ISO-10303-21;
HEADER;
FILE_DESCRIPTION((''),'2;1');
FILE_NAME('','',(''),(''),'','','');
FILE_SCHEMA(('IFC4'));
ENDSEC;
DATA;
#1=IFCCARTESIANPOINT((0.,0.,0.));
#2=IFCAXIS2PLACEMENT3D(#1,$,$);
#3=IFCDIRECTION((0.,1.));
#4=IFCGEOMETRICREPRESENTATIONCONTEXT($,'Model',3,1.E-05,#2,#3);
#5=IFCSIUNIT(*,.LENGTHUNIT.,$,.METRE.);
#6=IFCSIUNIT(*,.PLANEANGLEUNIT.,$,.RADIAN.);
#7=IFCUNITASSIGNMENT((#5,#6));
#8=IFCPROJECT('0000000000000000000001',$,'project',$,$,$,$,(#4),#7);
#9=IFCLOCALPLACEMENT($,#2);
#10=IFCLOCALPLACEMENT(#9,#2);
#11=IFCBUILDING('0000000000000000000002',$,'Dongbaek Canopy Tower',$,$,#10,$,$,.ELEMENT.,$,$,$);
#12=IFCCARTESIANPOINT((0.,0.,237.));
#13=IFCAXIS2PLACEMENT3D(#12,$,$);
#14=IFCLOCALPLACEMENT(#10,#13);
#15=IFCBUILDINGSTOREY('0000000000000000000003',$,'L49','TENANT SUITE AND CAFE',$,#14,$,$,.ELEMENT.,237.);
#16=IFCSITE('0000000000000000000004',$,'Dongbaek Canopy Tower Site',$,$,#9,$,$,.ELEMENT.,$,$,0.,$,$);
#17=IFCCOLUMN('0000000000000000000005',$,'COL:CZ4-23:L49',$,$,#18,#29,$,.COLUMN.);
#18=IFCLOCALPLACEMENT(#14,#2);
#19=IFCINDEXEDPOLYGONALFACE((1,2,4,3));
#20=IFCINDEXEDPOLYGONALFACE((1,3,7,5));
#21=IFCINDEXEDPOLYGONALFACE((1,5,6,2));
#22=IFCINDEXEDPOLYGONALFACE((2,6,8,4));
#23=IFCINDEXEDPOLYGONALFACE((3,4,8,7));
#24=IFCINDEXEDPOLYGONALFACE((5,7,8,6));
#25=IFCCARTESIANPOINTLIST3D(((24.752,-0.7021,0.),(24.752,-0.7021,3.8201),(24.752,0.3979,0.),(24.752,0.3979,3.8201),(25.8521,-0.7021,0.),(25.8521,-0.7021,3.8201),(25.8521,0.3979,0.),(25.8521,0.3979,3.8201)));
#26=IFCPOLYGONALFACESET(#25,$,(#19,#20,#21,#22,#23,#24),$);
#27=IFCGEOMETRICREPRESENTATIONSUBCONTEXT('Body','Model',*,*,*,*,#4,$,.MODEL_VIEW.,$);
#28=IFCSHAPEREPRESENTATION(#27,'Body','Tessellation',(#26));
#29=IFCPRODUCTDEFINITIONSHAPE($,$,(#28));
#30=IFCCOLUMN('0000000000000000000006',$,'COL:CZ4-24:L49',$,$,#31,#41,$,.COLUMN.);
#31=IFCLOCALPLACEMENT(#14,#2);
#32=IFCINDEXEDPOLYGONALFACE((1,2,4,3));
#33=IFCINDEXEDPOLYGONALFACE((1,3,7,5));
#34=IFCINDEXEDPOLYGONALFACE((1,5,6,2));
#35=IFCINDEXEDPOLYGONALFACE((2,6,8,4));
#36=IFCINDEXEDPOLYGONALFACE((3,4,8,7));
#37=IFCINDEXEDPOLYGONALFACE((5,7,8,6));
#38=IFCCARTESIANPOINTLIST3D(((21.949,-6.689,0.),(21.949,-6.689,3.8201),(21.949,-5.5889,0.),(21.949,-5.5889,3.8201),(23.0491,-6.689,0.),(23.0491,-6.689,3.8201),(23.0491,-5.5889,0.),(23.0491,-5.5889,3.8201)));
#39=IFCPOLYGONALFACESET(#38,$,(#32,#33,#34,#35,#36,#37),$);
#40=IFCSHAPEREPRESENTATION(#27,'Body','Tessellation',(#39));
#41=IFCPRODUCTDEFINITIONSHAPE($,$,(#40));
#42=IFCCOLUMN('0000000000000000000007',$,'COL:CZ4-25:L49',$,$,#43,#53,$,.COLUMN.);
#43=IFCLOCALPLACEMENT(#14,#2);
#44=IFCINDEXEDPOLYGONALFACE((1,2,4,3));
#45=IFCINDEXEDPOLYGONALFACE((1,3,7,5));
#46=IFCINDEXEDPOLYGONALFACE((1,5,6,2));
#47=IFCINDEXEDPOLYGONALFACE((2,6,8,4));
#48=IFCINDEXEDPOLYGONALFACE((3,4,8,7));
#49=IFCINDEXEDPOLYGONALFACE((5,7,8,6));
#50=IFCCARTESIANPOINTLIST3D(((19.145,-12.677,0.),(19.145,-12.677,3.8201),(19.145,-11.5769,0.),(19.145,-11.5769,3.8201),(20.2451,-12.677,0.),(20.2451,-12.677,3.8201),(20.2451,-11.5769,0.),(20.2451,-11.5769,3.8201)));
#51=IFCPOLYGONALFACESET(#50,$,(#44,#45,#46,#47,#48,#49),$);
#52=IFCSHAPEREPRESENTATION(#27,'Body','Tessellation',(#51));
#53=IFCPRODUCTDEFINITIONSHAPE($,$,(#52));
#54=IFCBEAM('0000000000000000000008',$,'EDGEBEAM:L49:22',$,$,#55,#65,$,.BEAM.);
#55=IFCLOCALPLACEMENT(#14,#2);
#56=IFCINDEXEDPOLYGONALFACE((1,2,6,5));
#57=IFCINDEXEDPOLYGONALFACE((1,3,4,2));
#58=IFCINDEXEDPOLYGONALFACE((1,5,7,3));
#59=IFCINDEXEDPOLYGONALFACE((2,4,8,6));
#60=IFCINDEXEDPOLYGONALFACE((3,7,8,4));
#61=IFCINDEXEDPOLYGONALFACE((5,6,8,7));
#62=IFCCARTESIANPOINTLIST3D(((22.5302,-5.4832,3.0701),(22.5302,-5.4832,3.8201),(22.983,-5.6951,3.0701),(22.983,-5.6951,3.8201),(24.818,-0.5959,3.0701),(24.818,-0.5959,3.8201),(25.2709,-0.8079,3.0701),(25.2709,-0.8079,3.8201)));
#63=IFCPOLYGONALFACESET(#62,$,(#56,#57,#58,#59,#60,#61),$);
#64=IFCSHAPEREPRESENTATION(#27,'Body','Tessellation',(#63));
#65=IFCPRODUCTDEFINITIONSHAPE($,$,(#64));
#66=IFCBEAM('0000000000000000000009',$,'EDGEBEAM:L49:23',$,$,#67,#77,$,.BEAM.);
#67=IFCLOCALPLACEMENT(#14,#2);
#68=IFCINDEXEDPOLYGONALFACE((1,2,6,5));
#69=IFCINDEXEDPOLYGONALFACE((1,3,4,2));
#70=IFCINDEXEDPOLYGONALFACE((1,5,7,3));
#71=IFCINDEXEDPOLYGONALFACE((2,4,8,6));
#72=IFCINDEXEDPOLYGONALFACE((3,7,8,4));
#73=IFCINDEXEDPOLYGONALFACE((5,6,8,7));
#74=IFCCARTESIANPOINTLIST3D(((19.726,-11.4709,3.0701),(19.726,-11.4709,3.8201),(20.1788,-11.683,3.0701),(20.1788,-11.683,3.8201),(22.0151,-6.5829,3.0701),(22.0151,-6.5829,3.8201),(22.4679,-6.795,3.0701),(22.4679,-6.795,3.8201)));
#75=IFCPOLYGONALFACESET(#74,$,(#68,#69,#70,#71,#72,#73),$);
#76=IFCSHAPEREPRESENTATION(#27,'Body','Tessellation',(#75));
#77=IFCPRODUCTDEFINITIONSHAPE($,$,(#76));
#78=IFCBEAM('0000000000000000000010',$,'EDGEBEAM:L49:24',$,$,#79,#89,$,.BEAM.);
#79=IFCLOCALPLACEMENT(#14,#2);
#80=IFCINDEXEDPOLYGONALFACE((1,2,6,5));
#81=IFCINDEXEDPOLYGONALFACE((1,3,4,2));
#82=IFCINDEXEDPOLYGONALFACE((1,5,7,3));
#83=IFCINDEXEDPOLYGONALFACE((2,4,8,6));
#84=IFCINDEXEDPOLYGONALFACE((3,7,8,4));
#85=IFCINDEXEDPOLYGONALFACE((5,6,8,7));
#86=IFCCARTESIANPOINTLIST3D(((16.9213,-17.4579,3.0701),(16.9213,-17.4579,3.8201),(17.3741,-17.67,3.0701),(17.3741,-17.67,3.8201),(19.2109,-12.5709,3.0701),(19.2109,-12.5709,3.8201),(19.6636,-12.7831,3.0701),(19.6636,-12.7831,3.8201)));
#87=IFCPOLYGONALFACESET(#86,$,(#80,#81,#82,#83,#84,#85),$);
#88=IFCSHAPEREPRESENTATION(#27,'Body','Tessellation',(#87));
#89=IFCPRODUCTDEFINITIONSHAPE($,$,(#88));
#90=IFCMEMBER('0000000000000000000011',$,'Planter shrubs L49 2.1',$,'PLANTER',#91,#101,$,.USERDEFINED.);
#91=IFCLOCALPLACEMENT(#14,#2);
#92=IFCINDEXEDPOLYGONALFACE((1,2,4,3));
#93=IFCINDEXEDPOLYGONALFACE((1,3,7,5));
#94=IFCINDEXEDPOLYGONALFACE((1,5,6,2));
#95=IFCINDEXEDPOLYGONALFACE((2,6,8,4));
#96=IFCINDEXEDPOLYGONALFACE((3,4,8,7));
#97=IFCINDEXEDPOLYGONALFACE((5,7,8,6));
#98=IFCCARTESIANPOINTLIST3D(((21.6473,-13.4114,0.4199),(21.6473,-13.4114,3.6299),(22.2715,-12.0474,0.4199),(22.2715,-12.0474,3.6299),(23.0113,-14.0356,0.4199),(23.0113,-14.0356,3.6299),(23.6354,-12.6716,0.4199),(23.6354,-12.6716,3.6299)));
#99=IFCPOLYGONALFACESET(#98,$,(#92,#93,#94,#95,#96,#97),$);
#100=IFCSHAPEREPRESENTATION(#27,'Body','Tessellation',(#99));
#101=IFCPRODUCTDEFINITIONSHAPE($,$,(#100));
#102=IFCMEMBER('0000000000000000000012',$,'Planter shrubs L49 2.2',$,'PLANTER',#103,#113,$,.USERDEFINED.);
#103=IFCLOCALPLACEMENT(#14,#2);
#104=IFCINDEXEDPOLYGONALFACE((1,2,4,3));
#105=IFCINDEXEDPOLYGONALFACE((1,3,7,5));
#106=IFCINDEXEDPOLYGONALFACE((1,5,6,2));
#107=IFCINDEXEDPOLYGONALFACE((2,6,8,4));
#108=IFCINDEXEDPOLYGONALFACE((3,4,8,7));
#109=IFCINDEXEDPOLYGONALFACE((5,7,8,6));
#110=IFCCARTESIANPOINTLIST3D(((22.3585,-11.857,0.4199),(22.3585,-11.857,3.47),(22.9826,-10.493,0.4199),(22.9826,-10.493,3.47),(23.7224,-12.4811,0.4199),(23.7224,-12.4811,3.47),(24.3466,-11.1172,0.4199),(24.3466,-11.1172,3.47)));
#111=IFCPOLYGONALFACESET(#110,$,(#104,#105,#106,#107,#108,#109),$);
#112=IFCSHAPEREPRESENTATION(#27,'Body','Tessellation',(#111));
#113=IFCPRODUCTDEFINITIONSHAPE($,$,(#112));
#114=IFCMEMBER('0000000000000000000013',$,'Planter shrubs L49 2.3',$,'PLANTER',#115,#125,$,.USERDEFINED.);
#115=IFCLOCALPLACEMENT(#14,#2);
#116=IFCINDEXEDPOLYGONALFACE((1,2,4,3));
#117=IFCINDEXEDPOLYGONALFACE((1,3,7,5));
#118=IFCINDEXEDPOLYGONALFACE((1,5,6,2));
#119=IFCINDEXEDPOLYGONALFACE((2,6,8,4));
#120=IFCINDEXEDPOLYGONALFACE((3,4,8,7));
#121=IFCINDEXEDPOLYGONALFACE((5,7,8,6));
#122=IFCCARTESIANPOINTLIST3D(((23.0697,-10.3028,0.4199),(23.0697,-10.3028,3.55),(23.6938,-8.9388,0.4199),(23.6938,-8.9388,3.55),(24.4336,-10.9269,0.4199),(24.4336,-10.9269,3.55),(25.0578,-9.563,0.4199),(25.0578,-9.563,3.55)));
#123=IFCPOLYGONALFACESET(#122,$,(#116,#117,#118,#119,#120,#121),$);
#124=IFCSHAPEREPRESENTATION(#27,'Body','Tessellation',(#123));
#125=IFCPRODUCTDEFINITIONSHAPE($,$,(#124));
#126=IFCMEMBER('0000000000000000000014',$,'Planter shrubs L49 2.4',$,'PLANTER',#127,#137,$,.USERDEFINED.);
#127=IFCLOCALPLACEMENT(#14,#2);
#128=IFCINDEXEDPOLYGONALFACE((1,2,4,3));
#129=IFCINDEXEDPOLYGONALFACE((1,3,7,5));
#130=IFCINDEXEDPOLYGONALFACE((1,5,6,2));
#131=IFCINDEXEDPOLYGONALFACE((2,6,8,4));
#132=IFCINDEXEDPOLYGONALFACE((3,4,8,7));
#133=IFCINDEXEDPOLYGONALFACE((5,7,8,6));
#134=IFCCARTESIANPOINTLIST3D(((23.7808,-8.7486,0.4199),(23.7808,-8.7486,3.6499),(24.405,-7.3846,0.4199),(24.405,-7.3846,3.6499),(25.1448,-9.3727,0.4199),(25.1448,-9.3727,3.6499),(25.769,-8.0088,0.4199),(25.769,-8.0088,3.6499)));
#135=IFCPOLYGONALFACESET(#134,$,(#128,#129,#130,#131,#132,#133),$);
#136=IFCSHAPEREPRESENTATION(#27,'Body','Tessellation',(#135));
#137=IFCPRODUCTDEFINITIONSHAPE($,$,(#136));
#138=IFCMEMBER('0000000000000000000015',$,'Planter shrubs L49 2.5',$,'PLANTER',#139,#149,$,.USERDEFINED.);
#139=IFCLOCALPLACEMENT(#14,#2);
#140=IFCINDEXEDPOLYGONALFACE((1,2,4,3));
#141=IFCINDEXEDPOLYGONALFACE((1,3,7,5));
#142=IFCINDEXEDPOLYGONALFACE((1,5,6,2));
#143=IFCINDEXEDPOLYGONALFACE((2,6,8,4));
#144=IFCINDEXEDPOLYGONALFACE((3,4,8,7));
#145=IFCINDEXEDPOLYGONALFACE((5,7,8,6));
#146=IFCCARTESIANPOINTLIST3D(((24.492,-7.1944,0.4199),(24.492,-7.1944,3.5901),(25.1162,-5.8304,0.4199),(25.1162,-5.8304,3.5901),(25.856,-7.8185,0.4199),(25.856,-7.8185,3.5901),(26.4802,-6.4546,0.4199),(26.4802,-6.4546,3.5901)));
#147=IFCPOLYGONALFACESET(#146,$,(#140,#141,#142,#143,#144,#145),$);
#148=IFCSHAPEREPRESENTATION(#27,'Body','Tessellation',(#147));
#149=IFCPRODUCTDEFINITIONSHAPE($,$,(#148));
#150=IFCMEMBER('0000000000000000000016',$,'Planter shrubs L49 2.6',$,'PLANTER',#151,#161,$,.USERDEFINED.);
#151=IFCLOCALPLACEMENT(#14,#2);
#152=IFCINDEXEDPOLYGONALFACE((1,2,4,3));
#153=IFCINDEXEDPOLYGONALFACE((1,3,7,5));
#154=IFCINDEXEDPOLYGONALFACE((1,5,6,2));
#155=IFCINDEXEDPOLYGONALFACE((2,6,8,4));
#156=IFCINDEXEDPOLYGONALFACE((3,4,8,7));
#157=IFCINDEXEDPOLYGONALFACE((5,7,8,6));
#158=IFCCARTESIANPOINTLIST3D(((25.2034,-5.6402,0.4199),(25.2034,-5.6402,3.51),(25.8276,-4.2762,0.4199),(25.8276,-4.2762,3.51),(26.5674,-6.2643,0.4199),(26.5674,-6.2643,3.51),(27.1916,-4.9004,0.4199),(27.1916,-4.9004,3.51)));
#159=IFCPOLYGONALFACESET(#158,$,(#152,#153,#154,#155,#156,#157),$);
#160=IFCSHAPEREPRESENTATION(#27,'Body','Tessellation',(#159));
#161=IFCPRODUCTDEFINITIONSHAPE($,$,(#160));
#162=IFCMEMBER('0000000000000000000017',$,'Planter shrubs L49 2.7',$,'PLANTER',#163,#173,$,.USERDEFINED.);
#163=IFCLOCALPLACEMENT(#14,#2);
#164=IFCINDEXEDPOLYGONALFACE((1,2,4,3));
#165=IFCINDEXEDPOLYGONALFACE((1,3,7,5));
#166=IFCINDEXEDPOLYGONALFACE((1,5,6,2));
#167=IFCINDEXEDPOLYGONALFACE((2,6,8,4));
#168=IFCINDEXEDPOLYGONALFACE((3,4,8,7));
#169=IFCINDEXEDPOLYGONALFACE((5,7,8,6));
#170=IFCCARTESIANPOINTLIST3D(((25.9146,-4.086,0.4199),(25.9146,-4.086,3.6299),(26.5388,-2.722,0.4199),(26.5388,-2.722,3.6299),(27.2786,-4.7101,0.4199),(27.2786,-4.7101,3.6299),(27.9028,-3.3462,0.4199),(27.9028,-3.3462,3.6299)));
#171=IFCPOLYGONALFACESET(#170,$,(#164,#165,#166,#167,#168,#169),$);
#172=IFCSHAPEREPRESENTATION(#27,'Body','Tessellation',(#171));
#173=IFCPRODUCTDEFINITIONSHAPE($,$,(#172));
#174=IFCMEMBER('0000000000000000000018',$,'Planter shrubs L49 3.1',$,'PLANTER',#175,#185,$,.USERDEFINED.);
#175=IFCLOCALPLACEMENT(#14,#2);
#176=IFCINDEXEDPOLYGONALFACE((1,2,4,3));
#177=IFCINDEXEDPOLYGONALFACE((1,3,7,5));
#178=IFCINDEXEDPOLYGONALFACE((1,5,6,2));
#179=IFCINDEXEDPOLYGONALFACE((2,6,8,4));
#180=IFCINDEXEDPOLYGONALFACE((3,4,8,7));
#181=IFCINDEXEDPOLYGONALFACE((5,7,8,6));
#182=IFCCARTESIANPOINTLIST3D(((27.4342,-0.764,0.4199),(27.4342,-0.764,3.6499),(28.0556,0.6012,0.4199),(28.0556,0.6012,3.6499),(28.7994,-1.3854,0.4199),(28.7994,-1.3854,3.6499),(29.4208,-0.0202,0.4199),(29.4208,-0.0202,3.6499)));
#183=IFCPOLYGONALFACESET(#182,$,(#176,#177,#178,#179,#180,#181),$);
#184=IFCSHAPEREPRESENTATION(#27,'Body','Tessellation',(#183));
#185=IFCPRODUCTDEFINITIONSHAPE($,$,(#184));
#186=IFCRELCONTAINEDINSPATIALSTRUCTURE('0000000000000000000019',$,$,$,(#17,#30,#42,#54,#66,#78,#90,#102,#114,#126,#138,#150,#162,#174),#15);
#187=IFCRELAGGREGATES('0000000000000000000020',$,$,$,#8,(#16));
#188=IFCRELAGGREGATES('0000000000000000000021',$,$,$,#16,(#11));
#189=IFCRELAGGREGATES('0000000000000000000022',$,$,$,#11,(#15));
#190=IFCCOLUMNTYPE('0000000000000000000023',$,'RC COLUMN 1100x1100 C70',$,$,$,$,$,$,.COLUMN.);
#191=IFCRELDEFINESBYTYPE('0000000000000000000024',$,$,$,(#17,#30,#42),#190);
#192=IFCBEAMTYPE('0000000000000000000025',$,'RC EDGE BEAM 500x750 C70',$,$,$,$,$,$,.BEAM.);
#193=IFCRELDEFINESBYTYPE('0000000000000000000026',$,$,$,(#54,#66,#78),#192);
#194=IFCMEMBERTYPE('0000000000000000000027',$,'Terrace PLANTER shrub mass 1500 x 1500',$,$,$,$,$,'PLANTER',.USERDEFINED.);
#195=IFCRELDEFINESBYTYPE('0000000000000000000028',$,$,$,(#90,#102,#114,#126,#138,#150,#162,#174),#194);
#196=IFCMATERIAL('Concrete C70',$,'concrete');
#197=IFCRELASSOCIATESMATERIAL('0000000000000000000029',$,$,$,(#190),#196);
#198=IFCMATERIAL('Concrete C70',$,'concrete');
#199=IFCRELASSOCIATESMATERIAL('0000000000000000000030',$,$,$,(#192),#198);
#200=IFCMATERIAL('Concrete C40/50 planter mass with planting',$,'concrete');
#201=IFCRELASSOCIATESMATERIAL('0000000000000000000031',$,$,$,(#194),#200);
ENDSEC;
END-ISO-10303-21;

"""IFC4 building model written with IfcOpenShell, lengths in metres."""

from ifc_helpers import new_model, si_unit, direction, frame, origin, origin_2d, place, context, subcontext, project, spatial, rectangle, extrude, material, material_profile, profile_set, type_object, element, save


model = new_model("IFC4")

# Units and contexts
model_context = context("Model", 3, precision=1e-05, world=origin(), true_north=direction((0.0, 1.0)))
body_context = subcontext(model_context, "Body", "Model", "MODEL_VIEW")
ifc_project = project(units=[si_unit("LENGTHUNIT", "METRE"), si_unit("PLANEANGLEUNIT", "RADIAN")], contexts=[model_context])

# Site, building, storey
site_placement = place(None, origin())
site = spatial("IfcSite", under=ifc_project, at=site_placement, Name="Dongbaek Canopy Tower Site", CompositionType="ELEMENT", RefElevation=0.0)
building_placement = place(site_placement, origin())
building = spatial("IfcBuilding", under=site, at=building_placement, Name="Dongbaek Canopy Tower", CompositionType="ELEMENT")
storey_placement = place(building_placement, frame((0.0, 0.0, 237.0)))
storey = spatial("IfcBuildingStorey", under=building, at=storey_placement, Name="L49", Description="TENANT SUITE AND CAFE", CompositionType="ELEMENT", Elevation=237.0)

# Columns
ifc_material_1 = material(Name="Concrete C70", Category="concrete")
ifc_material_profile_1 = material_profile(ifc_material_1, rectangle(XDim=1.1001, YDim=1.1001, at=origin_2d()), Name="RC COLUMN 1100x1100 C70")
ifc_profile_set_1 = profile_set([ifc_material_profile_1], Name="Concrete C70")
column_type = type_object("IfcColumnType", Name="RC COLUMN 1100x1100 C70", PredefinedType="COLUMN", material=ifc_profile_set_1)
for number, where, z_axis, x_axis, name in (
    (1, (25.302, -0.1521, 0.0), (0.0, 0.0, 1.0), (1.0, 0.0, 0.0), "COL:CZ4-23:L49"),
    (2, (22.499, -6.1389, 0.0), (0.0, 0.0, 1.0), (1.0, 0.0, 0.0), "COL:CZ4-24:L49"),
    (3, (19.6951, -12.127, 0.0), (0.0, 0.0, 1.0), (1.0, 0.0, 0.0), "COL:CZ4-25:L49"),
):
    element("IfcColumn", number, at=place(storey_placement, frame(where, z_axis=z_axis, x_axis=x_axis)), inside=storey, type_object=column_type, Name=name, PredefinedType="COLUMN", context=body_context, shape_type="SweptSolid", body=[
        extrude(rectangle(XDim=1.1001, YDim=1.1001, at=origin_2d()), origin(), (0.0, 0.0, 1.0), 3.8201),
    ])

# Beams
ifc_material_2 = material(Name="Concrete C70", Category="concrete")
ifc_material_profile_2 = material_profile(ifc_material_2, rectangle(XDim=0.5, YDim=0.75, at=origin_2d()), Name="RC EDGE BEAM 500x750 C70")
ifc_profile_set_2 = profile_set([ifc_material_profile_2], Name="Concrete C70")
beam_type = type_object("IfcBeamType", Name="RC EDGE BEAM 500x750 C70", PredefinedType="BEAM", material=ifc_profile_set_2)
beam_1_placement = place(storey_placement, frame((25.0444, -0.7019, 3.4451), z_axis=(-0.423972, -0.905675, 0.0), x_axis=(0.905675, -0.423972, 0.0)))
element("IfcBeam", 4, at=beam_1_placement, inside=storey, type_object=beam_type, Name="EDGEBEAM:L49:22", PredefinedType="BEAM", context=body_context, shape_type="SweptSolid", body=[
    extrude(rectangle(XDim=0.5, YDim=0.75, at=origin_2d()), origin(), (0.0, 0.0, 1.0), 5.3962),
])
beam_2_placement = place(storey_placement, frame((22.2415, -6.689, 3.4451), z_axis=(-0.424106, -0.905613, 0.0), x_axis=(0.905613, -0.424106, 0.0)))
element("IfcBeam", 5, at=beam_2_placement, inside=storey, type_object=beam_type, Name="EDGEBEAM:L49:23", PredefinedType="BEAM", context=body_context, shape_type="SweptSolid", body=[
    extrude(rectangle(XDim=0.5, YDim=0.75, at=origin_2d()), origin(), (0.0, 0.0, 1.0), 5.3975),
])
beam_3_placement = place(storey_placement, frame((19.4373, -12.677, 3.4451), z_axis=(-0.42425, -0.905545, 0.0), x_axis=(0.905545, -0.42425, 0.0)))
element("IfcBeam", 6, at=beam_3_placement, inside=storey, type_object=beam_type, Name="EDGEBEAM:L49:24", PredefinedType="BEAM", context=body_context, shape_type="SweptSolid", body=[
    extrude(rectangle(XDim=0.5, YDim=0.75, at=origin_2d()), origin(), (0.0, 0.0, 1.0), 5.3967),
])

# Members
ifc_material_3 = material(Name="Concrete C40/50 planter mass with planting", Category="concrete")
ifc_material_profile_3 = material_profile(ifc_material_3, rectangle(XDim=1.5, YDim=1.5, at=origin_2d()), Name="Terrace PLANTER shrub mass 1500 x 1500")
ifc_profile_set_3 = profile_set([ifc_material_profile_3], Name="Concrete C40/50 planter mass with planting")
member_type = type_object("IfcMemberType", Name="Terrace PLANTER shrub mass 1500 x 1500", ElementType="PLANTER", PredefinedType="USERDEFINED", material=ifc_profile_set_3)
member_1_placement = place(storey_placement, frame((22.6414, -13.0415, 0.4199), z_axis=(0.0, 0.0, 1.0), x_axis=(0.909313, -0.416113, 0.0)))
element("IfcMember", 7, at=member_1_placement, inside=storey, type_object=member_type, Name="Planter shrubs L49 2.1", ObjectType="PLANTER", PredefinedType="USERDEFINED", context=body_context, shape_type="SweptSolid", body=[
    extrude(rectangle(XDim=1.5, YDim=1.5, at=origin_2d()), origin(), (0.0, 0.0, 1.0), 3.21),
])
member_2_placement = place(storey_placement, frame((23.3525, -11.4871, 0.4199), z_axis=(0.0, 0.0, 1.0), x_axis=(0.909313, -0.416113, 0.0)))
element("IfcMember", 8, at=member_2_placement, inside=storey, type_object=member_type, Name="Planter shrubs L49 2.2", ObjectType="PLANTER", PredefinedType="USERDEFINED", context=body_context, shape_type="SweptSolid", body=[
    extrude(rectangle(XDim=1.5, YDim=1.5, at=origin_2d()), origin(), (0.0, 0.0, 1.0), 3.05),
])
member_3_placement = place(storey_placement, frame((24.0637, -9.9329, 0.4199), z_axis=(0.0, 0.0, 1.0), x_axis=(0.909313, -0.416113, 0.0)))
element("IfcMember", 9, at=member_3_placement, inside=storey, type_object=member_type, Name="Planter shrubs L49 2.3", ObjectType="PLANTER", PredefinedType="USERDEFINED", context=body_context, shape_type="SweptSolid", body=[
    extrude(rectangle(XDim=1.5, YDim=1.5, at=origin_2d()), origin(), (0.0, 0.0, 1.0), 3.1301),
])
member_4_placement = place(storey_placement, frame((24.7749, -8.3787, 0.4199), z_axis=(0.0, 0.0, 1.0), x_axis=(0.909313, -0.416113, 0.0)))
element("IfcMember", 10, at=member_4_placement, inside=storey, type_object=member_type, Name="Planter shrubs L49 2.4", ObjectType="PLANTER", PredefinedType="USERDEFINED", context=body_context, shape_type="SweptSolid", body=[
    extrude(rectangle(XDim=1.5, YDim=1.5, at=origin_2d()), origin(), (0.0, 0.0, 1.0), 3.23),
])
member_5_placement = place(storey_placement, frame((25.4861, -6.8245, 0.4199), z_axis=(0.0, 0.0, 1.0), x_axis=(0.909313, -0.416113, 0.0)))
element("IfcMember", 11, at=member_5_placement, inside=storey, type_object=member_type, Name="Planter shrubs L49 2.5", ObjectType="PLANTER", PredefinedType="USERDEFINED", context=body_context, shape_type="SweptSolid", body=[
    extrude(rectangle(XDim=1.5, YDim=1.5, at=origin_2d()), origin(), (0.0, 0.0, 1.0), 3.1702),
])
member_6_placement = place(storey_placement, frame((26.1975, -5.2703, 0.4199), z_axis=(0.0, 0.0, 1.0), x_axis=(0.909313, -0.416113, 0.0)))
element("IfcMember", 12, at=member_6_placement, inside=storey, type_object=member_type, Name="Planter shrubs L49 2.6", ObjectType="PLANTER", PredefinedType="USERDEFINED", context=body_context, shape_type="SweptSolid", body=[
    extrude(rectangle(XDim=1.5, YDim=1.5, at=origin_2d()), origin(), (0.0, 0.0, 1.0), 3.0901),
])
member_7_placement = place(storey_placement, frame((26.9087, -3.7161, 0.4199), z_axis=(0.0, 0.0, 1.0), x_axis=(0.909313, -0.416113, 0.0)))
element("IfcMember", 13, at=member_7_placement, inside=storey, type_object=member_type, Name="Planter shrubs L49 2.7", ObjectType="PLANTER", PredefinedType="USERDEFINED", context=body_context, shape_type="SweptSolid", body=[
    extrude(rectangle(XDim=1.5, YDim=1.5, at=origin_2d()), origin(), (0.0, 0.0, 1.0), 3.21),
])
member_8_placement = place(storey_placement, frame((28.4275, -0.3921, 0.4199), z_axis=(0.0, 0.0, 1.0), x_axis=(0.910164, -0.414249, 0.0)))
element("IfcMember", 14, at=member_8_placement, inside=storey, type_object=member_type, Name="Planter shrubs L49 3.1", ObjectType="PLANTER", PredefinedType="USERDEFINED", context=body_context, shape_type="SweptSolid", body=[
    extrude(rectangle(XDim=1.5, YDim=1.5, at=origin_2d()), origin(), (0.0, 0.0, 1.0), 3.23),
])

save(model, "model.ifc")
